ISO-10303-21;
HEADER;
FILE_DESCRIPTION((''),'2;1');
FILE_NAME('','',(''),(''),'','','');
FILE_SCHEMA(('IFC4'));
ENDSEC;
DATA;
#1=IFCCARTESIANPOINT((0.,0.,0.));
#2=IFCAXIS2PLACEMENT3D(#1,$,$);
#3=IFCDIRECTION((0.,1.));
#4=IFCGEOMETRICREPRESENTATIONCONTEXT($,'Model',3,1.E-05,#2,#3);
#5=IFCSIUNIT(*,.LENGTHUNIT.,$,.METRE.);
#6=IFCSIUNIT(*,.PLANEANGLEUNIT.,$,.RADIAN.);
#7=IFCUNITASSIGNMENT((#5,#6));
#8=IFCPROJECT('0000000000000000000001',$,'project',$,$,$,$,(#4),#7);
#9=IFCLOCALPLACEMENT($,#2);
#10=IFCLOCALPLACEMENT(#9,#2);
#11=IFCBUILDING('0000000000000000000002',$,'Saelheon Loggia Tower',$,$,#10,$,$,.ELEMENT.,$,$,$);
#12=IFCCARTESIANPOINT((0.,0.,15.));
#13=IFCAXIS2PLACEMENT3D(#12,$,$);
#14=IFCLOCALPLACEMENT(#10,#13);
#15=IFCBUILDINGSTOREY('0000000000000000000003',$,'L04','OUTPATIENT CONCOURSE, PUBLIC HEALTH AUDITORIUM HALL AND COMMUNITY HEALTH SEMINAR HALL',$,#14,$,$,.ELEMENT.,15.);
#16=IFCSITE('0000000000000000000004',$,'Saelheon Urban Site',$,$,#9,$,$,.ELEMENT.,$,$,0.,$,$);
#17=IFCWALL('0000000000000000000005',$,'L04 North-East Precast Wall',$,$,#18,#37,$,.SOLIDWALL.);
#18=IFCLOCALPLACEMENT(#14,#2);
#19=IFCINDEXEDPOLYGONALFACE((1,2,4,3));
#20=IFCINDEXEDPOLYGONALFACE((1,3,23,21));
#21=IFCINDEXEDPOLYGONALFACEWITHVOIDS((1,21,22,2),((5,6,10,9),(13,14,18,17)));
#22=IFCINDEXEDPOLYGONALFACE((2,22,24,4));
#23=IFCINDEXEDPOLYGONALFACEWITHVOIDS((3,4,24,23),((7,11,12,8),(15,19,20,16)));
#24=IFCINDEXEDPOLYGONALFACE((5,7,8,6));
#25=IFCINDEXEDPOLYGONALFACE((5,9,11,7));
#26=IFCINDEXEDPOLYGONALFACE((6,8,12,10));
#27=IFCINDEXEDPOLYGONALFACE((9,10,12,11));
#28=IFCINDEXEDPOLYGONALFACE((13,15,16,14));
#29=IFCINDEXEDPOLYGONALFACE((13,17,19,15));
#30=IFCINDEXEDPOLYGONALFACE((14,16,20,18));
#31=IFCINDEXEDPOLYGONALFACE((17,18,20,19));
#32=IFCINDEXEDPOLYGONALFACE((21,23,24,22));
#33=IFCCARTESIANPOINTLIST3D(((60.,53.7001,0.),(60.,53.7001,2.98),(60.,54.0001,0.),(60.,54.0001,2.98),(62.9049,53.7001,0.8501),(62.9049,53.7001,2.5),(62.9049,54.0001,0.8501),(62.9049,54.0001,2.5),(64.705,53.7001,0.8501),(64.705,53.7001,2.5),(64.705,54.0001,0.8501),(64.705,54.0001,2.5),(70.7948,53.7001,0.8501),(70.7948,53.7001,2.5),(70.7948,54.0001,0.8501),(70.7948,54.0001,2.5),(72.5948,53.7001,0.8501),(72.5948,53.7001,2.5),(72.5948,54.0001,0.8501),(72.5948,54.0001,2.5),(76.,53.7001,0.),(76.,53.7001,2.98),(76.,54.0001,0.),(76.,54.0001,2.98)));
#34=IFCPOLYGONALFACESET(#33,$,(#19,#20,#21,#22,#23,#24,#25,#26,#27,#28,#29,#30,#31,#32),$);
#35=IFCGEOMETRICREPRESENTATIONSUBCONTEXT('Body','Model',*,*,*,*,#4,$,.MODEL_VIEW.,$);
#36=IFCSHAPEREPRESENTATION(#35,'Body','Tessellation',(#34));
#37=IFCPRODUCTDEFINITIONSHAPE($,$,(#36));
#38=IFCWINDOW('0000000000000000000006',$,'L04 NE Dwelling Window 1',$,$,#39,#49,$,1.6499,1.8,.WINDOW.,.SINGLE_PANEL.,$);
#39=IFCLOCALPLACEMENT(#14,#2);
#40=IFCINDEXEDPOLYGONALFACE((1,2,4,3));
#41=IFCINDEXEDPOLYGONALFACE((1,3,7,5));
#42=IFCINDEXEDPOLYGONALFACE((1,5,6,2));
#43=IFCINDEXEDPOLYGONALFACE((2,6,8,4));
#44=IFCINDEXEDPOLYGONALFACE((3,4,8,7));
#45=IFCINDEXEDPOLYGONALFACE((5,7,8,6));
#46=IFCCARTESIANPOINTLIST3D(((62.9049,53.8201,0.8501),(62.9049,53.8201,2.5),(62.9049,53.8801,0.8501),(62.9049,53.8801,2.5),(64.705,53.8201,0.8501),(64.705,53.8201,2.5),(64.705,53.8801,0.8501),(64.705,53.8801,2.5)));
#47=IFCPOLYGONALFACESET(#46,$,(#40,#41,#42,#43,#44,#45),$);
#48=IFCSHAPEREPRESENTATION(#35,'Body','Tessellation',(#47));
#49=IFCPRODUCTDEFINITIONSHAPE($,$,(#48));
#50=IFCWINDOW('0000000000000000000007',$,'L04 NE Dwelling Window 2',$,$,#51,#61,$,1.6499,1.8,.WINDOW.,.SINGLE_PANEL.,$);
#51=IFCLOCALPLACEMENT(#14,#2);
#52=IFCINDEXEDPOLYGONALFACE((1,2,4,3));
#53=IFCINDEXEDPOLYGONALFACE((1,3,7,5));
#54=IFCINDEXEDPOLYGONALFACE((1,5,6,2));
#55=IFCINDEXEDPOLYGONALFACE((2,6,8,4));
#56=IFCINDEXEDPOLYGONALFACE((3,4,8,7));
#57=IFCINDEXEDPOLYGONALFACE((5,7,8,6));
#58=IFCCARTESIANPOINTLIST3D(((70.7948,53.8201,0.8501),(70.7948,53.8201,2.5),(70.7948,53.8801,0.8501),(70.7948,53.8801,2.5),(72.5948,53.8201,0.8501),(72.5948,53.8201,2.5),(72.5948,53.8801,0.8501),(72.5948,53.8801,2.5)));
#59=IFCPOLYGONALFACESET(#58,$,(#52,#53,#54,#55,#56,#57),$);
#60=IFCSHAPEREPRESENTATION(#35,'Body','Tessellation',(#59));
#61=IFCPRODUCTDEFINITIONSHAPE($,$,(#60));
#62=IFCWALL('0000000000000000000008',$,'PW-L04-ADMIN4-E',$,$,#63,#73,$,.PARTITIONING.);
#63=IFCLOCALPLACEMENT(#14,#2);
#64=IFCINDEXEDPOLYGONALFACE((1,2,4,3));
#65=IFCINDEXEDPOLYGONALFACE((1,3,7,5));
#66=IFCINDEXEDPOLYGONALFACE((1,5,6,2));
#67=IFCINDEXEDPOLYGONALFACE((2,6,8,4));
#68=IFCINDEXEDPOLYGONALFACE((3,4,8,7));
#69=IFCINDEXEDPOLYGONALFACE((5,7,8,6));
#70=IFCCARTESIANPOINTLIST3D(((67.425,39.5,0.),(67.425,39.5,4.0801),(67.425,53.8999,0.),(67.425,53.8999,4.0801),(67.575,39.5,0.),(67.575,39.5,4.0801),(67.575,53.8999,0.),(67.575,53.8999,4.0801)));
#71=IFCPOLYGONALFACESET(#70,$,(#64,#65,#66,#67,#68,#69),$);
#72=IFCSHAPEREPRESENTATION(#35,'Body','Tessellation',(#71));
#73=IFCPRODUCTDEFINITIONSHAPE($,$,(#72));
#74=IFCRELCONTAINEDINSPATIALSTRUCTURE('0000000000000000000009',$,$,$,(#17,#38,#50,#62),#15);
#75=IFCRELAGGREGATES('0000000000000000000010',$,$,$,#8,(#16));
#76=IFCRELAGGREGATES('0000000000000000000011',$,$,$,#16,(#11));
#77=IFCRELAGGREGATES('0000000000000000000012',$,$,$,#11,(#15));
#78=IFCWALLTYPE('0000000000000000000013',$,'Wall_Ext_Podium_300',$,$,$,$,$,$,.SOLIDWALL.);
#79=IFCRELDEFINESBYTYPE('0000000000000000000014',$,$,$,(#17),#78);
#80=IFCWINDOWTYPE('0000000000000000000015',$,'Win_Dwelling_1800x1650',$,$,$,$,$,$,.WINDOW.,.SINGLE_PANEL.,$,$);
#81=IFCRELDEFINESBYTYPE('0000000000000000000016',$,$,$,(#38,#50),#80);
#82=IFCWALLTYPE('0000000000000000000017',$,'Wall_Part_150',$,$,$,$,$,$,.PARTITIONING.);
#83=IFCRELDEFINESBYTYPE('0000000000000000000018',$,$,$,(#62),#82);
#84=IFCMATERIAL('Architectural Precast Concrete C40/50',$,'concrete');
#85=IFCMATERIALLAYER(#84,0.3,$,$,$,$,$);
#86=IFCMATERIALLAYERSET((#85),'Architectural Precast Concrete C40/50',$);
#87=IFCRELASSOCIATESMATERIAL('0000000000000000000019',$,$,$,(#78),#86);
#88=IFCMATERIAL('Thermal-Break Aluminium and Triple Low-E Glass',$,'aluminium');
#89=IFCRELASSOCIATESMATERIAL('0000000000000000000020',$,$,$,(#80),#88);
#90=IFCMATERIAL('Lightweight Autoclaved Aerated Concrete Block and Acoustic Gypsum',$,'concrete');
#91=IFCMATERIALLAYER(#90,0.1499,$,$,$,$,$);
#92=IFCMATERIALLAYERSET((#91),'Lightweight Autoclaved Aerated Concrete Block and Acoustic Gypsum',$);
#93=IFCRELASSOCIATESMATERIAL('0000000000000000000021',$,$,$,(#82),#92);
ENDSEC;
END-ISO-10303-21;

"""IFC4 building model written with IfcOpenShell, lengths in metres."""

from ifc_helpers import new_model, si_unit, direction, frame, frame_2d, origin, place, context, subcontext, project, spatial, rectangle, extrude, source, transform, mapped, material, layer, layer_set, type_object, element, fill, save


model = new_model("IFC4")

# Units and contexts
model_context = context("Model", 3, precision=1e-05, world=origin(), true_north=direction((0.0, 1.0)))
body_context = subcontext(model_context, "Body", "Model", "MODEL_VIEW")
ifc_project = project(units=[si_unit("LENGTHUNIT", "METRE"), si_unit("PLANEANGLEUNIT", "RADIAN")], contexts=[model_context])

# Site, building, storey
site_placement = place(None, origin())
site = spatial("IfcSite", under=ifc_project, at=site_placement, Name="Saelheon Urban Site", CompositionType="ELEMENT", RefElevation=0.0)
building_placement = place(site_placement, origin())
building = spatial("IfcBuilding", under=site, at=building_placement, Name="Saelheon Loggia Tower", CompositionType="ELEMENT")
storey_placement = place(building_placement, frame((0.0, 0.0, 15.0)))
storey = spatial("IfcBuildingStorey", under=building, at=storey_placement, Name="L04", Description="OUTPATIENT CONCOURSE, PUBLIC HEALTH AUDITORIUM HALL AND COMMUNITY HEALTH SEMINAR HALL", CompositionType="ELEMENT", Elevation=15.0)

# Wall, openings, windows
ifc_material_1 = material(Name="Architectural Precast Concrete C40/50", Category="concrete")
ifc_layer_1 = layer(ifc_material_1, 0.3)
ifc_layer_set_1 = layer_set([ifc_layer_1], Name="Architectural Precast Concrete C40/50")
wall_type_1 = type_object("IfcWallType", Name="Wall_Ext_Podium_300", PredefinedType="SOLIDWALL", material=ifc_layer_set_1)
wall_1_placement = place(storey_placement, frame((60.0, 53.8501, 0.0), z_axis=(0.0, 0.0, 1.0), x_axis=(1.0, 0.0, 0.0)))
wall_1 = element("IfcWall", 1, at=wall_1_placement, inside=storey, type_object=wall_type_1, Name="L04 North-East Precast Wall", PredefinedType="SOLIDWALL", context=body_context, shape_type="SweptSolid", body=[
    extrude(rectangle(XDim=16.0, YDim=0.3, at=frame_2d((8.0, 0.0))), origin(), (0.0, 0.0, 1.0), 2.98),
])
opening_1_placement = place(wall_1_placement, frame((2.905, 0.0, 0.8501)))
opening_1 = element("IfcOpeningElement", 2, at=opening_1_placement, cuts=wall_1, PredefinedType="OPENING", context=body_context, shape_type="SweptSolid", body=[
    extrude(rectangle(XDim=1.8, YDim=1.6499, at=frame_2d((0.8999, 0.825))), frame((0.0, 0.1621, 0.0), z_axis=(0.0, -1.0, 0.0), x_axis=(1.0, 0.0, 0.0)), (0.0, 0.0, 1.0), 0.324),
])
opening_2_placement = place(wall_1_placement, frame((10.7949, 0.0, 0.8501)))
opening_2 = element("IfcOpeningElement", 3, at=opening_2_placement, cuts=wall_1, PredefinedType="OPENING", context=body_context, shape_type="SweptSolid", body=[
    extrude(rectangle(XDim=1.8, YDim=1.6499, at=frame_2d((0.8999, 0.825))), frame((0.0, 0.1621, 0.0), z_axis=(0.0, -1.0, 0.0), x_axis=(1.0, 0.0, 0.0)), (0.0, 0.0, 1.0), 0.324),
])
ifc_material_2 = material(Name="Thermal-Break Aluminium and Triple Low-E Glass", Category="aluminium")
window_type = type_object("IfcWindowType", Name="Win_Dwelling_1800x1650", PartitioningType="SINGLE_PANEL", PredefinedType="WINDOW", material=ifc_material_2)
shared_shape_1 = source(origin(), body_context, "Body", "SweptSolid", [
    extrude(rectangle(XDim=1.8, YDim=1.6499, at=frame_2d((0.8999, 0.825))), frame((0.0, 0.03, 0.0), z_axis=(0.0, -1.0, 0.0), x_axis=(1.0, 0.0, 0.0)), (0.0, 0.0, 1.0), 0.0601),
])
window_1_placement = place(opening_1_placement, origin())
window_1 = element("IfcWindow", 4, at=window_1_placement, inside=storey, type_object=window_type, Name="L04 NE Dwelling Window 1", OverallHeight=1.6499, OverallWidth=1.8, PartitioningType="SINGLE_PANEL", PredefinedType="WINDOW", context=body_context, shape_type="MappedRepresentation", body=[
    mapped(shared_shape_1, transform((0.0, 0.0, 0.0), scale=1.0)),
])
fill(opening_1, window_1)
window_2_placement = place(opening_2_placement, origin())
window_2 = element("IfcWindow", 5, at=window_2_placement, inside=storey, type_object=window_type, Name="L04 NE Dwelling Window 2", OverallHeight=1.6499, OverallWidth=1.8, PartitioningType="SINGLE_PANEL", PredefinedType="WINDOW", context=body_context, shape_type="MappedRepresentation", body=[
    mapped(shared_shape_1, transform((0.0, 0.0, 0.0), scale=1.0)),
])
fill(opening_2, window_2)

# Wall
ifc_material_3 = material(Name="Lightweight Autoclaved Aerated Concrete Block and Acoustic Gypsum", Category="concrete")
ifc_layer_2 = layer(ifc_material_3, 0.1499)
ifc_layer_set_2 = layer_set([ifc_layer_2], Name="Lightweight Autoclaved Aerated Concrete Block and Acoustic Gypsum")
wall_type_2 = type_object("IfcWallType", Name="Wall_Part_150", PredefinedType="PARTITIONING", material=ifc_layer_set_2)
wall_2_placement = place(storey_placement, frame((67.5, 39.5, 0.0), z_axis=(0.0, 0.0, 1.0), x_axis=(0.0, 1.0, 0.0)))
element("IfcWall", 6, at=wall_2_placement, inside=storey, type_object=wall_type_2, Name="PW-L04-ADMIN4-E", PredefinedType="PARTITIONING", context=body_context, shape_type="SweptSolid", body=[
    extrude(rectangle(XDim=14.3999, YDim=0.1499, at=frame_2d((7.2, 0.0))), origin(), (0.0, 0.0, 1.0), 4.0801),
])

save(model, "model.ifc")
